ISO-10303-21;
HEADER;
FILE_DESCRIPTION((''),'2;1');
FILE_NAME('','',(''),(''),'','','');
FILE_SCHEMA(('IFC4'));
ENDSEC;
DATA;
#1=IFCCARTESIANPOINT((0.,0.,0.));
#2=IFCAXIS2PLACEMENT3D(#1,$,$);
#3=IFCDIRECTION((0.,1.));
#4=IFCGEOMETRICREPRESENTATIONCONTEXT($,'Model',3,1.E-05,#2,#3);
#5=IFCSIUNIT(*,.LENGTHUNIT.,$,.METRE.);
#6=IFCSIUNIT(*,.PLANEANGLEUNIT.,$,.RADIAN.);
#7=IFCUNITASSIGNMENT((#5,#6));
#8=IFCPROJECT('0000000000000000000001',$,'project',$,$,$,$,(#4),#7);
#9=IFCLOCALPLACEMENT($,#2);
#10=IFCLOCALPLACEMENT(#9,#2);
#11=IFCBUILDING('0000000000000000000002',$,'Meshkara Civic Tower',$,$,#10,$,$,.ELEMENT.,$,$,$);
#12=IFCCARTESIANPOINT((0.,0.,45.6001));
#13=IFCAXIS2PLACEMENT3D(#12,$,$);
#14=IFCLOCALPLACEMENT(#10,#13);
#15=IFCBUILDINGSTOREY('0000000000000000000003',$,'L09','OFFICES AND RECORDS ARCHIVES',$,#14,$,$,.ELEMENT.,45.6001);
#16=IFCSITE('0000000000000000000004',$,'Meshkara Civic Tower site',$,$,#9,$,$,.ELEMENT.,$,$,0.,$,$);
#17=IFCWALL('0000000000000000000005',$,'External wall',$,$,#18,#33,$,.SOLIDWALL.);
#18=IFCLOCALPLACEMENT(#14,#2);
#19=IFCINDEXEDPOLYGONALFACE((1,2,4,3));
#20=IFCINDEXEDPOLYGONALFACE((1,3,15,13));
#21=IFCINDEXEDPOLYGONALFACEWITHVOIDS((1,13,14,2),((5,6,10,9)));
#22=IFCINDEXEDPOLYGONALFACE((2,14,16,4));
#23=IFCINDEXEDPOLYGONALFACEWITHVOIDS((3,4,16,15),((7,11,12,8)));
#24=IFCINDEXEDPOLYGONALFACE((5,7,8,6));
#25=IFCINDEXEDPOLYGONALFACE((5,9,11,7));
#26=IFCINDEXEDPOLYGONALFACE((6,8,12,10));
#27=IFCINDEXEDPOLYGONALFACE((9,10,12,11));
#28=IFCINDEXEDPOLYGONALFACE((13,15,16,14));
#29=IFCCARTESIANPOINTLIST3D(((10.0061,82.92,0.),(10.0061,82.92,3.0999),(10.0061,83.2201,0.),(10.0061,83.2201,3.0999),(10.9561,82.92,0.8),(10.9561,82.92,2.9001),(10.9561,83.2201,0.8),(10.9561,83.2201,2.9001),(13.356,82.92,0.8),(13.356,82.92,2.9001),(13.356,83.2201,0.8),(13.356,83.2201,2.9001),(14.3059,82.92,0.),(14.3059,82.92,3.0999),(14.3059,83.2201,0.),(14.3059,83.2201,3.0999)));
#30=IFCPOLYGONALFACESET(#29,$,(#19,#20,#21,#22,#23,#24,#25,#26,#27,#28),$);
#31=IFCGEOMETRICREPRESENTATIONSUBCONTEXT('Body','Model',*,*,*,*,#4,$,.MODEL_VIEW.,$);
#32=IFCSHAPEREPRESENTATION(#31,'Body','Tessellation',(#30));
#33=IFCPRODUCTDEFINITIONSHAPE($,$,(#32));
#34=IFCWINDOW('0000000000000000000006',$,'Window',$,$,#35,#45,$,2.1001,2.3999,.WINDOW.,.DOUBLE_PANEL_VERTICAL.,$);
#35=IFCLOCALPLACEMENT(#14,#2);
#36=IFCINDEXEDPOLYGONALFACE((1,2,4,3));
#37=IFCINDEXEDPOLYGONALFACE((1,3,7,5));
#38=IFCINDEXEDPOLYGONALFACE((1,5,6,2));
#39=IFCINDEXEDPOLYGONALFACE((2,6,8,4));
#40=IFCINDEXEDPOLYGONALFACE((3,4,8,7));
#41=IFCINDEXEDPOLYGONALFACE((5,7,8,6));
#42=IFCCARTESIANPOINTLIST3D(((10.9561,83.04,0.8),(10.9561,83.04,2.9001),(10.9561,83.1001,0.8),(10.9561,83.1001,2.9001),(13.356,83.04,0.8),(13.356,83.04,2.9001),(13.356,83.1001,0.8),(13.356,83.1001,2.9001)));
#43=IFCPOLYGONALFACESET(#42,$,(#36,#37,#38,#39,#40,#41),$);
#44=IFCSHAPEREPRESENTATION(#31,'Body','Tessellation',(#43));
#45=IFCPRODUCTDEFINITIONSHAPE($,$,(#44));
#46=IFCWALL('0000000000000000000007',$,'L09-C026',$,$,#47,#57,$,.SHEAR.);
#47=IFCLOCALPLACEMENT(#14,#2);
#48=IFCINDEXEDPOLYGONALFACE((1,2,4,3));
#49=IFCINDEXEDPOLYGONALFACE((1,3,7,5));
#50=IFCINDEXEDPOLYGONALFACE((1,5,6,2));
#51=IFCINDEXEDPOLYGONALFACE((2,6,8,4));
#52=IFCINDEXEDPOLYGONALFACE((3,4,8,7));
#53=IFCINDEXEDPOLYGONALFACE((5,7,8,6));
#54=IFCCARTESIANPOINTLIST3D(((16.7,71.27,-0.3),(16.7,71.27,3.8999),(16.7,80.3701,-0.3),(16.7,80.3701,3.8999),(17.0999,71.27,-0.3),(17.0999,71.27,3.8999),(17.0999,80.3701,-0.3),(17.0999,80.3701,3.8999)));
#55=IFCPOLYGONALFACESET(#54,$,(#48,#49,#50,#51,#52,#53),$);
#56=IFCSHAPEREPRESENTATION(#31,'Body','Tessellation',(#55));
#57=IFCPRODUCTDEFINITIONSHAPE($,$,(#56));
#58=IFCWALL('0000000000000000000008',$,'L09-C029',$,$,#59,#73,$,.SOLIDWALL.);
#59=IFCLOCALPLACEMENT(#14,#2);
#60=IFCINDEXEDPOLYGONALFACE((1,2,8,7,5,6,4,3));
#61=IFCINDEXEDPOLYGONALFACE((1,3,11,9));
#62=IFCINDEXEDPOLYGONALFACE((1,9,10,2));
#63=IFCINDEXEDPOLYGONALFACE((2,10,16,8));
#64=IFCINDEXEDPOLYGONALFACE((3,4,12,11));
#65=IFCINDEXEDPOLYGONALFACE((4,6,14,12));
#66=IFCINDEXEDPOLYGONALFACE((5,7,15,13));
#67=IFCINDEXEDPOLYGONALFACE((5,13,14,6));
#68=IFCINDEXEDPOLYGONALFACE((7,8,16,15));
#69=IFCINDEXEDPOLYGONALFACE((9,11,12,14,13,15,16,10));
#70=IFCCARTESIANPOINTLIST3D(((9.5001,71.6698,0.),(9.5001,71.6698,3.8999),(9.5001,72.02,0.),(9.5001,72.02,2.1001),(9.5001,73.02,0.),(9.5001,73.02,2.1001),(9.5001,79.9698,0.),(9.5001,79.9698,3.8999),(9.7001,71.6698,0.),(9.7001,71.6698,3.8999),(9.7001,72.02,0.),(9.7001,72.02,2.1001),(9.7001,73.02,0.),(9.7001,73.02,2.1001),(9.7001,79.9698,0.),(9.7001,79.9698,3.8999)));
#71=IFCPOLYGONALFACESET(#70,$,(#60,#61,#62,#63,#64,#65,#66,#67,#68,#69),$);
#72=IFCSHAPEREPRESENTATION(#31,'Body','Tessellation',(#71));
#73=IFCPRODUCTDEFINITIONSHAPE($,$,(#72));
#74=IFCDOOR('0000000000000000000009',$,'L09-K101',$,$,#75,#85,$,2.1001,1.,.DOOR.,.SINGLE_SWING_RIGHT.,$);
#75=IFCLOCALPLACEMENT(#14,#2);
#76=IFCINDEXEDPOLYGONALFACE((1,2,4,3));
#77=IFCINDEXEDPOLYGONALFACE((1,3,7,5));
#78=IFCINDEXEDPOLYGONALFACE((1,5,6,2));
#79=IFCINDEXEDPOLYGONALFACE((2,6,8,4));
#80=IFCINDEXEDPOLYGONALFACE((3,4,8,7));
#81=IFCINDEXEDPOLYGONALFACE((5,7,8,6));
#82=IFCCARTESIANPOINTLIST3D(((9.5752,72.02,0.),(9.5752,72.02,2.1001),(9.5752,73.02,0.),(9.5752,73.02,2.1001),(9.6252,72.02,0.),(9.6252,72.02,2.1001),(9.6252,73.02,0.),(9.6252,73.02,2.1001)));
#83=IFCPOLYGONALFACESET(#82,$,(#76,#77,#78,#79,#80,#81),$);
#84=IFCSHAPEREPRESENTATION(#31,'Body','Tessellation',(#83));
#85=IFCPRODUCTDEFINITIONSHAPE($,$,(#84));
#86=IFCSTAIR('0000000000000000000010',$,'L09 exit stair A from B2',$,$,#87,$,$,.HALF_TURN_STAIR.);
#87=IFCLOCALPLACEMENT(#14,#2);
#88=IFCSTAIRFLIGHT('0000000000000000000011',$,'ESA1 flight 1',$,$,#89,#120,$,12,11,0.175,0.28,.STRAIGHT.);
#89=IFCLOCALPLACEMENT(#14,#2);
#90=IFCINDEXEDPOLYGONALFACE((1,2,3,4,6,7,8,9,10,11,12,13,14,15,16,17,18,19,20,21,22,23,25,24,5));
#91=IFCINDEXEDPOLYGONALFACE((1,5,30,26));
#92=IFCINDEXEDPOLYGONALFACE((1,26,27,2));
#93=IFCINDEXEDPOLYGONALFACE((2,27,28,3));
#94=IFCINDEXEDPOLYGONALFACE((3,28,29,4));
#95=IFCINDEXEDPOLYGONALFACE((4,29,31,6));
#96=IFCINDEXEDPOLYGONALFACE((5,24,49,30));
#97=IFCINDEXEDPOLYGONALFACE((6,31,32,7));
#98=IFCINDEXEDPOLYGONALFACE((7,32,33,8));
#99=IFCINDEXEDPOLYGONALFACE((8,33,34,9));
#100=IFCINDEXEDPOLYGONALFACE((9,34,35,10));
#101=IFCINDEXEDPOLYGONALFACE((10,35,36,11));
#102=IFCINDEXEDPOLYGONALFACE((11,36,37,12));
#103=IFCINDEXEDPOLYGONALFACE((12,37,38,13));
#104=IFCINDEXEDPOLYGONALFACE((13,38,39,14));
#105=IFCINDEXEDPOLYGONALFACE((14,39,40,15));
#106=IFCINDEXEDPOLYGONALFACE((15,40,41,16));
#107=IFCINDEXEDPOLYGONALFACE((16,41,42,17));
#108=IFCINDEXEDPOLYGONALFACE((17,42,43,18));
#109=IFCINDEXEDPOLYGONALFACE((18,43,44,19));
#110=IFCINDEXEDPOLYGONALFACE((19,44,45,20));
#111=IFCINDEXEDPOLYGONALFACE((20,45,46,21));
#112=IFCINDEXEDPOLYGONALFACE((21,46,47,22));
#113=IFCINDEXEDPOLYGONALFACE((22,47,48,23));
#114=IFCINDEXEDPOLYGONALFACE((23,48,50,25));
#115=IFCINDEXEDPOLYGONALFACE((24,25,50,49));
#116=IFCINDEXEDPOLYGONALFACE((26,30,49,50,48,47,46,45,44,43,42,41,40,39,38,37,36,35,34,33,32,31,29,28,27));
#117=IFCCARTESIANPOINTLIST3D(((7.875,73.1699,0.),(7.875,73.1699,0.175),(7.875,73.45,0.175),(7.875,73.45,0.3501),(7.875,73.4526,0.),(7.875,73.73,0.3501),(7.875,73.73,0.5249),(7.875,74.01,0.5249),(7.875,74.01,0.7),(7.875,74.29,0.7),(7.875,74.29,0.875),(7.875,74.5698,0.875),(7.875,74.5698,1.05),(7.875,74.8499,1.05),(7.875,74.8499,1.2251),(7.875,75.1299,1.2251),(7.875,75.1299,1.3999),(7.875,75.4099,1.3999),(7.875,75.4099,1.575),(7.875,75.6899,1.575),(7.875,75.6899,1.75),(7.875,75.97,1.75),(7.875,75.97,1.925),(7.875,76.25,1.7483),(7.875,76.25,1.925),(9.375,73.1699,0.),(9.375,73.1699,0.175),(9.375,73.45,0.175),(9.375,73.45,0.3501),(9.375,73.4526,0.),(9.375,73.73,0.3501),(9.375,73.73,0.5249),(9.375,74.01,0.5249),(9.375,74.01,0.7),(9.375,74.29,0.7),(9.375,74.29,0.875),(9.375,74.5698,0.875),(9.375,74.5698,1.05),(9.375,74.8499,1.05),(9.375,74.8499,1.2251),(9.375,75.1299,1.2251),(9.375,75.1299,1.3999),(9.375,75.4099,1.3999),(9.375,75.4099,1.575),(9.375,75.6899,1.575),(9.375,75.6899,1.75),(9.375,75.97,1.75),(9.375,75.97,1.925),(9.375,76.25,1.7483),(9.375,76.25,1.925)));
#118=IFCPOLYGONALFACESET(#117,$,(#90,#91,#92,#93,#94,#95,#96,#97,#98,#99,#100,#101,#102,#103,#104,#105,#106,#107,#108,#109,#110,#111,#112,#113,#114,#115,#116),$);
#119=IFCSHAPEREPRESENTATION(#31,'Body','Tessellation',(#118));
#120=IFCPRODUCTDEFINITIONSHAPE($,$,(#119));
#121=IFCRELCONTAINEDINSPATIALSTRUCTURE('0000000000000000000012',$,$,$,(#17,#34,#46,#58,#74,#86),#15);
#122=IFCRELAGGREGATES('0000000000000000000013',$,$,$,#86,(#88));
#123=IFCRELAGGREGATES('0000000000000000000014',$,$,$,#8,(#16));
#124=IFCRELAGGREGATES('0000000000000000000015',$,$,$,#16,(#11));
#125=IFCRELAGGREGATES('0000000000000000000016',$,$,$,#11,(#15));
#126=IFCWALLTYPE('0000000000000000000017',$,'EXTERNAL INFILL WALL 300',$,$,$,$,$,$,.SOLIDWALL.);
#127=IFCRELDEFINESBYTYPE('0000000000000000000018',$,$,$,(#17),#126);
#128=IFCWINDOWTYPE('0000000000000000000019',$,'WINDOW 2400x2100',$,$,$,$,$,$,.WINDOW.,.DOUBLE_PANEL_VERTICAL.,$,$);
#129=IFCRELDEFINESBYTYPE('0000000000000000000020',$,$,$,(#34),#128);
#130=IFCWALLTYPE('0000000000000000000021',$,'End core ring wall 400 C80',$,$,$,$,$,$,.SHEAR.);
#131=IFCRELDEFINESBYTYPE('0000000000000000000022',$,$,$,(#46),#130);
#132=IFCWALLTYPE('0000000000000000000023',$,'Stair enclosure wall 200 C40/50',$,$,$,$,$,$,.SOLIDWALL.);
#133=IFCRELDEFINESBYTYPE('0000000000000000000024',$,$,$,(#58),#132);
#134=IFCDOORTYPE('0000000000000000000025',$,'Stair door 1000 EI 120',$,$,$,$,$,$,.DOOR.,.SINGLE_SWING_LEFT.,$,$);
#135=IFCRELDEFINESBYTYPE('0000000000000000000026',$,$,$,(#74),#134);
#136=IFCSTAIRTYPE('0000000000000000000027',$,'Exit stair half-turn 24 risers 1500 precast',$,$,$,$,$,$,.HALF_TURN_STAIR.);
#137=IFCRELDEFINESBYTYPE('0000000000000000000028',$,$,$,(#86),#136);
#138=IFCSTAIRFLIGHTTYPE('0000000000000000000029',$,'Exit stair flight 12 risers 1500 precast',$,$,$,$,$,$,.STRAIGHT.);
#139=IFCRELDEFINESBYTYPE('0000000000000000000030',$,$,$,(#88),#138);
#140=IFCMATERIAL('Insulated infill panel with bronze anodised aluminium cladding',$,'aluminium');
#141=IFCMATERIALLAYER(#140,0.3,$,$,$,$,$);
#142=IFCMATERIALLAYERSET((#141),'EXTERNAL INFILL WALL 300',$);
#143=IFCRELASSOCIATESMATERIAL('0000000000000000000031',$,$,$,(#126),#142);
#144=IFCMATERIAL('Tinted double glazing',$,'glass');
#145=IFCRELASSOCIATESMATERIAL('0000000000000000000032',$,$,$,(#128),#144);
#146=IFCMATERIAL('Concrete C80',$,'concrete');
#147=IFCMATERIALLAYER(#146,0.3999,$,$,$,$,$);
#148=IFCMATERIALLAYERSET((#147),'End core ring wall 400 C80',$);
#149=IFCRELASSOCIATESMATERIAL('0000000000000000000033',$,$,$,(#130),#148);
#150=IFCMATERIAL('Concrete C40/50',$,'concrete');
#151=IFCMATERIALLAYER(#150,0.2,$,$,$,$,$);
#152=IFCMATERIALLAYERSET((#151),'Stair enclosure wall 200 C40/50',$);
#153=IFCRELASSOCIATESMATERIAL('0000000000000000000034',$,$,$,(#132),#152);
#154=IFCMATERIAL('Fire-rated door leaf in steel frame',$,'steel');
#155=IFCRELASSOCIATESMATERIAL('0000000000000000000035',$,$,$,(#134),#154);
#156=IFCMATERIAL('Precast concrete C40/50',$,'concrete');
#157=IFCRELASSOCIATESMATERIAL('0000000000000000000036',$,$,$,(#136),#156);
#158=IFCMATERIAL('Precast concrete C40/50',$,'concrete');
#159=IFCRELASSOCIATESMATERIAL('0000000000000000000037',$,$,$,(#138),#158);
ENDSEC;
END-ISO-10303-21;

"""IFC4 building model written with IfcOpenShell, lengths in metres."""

from ifc_helpers import new_model, si_unit, direction, frame, frame_2d, origin, place, context, subcontext, project, spatial, polyline, rectangle, outline, extrude, material, layer, layer_set, type_object, element, fill, aggregate, save


model = new_model("IFC4")

# Units and contexts
model_context = context("Model", 3, precision=1e-05, world=origin(), true_north=direction((0.0, 1.0)))
body_context = subcontext(model_context, "Body", "Model", "MODEL_VIEW")
ifc_project = project(units=[si_unit("LENGTHUNIT", "METRE"), si_unit("PLANEANGLEUNIT", "RADIAN")], contexts=[model_context])

# Site, building, storey
site_placement = place(None, origin())
site = spatial("IfcSite", under=ifc_project, at=site_placement, Name="Meshkara Civic Tower site", CompositionType="ELEMENT", RefElevation=0.0)
building_placement = place(site_placement, origin())
building = spatial("IfcBuilding", under=site, at=building_placement, Name="Meshkara Civic Tower", CompositionType="ELEMENT")
storey_placement = place(building_placement, frame((0.0, 0.0, 45.6001)))
storey = spatial("IfcBuildingStorey", under=building, at=storey_placement, Name="L09", Description="OFFICES AND RECORDS ARCHIVES", CompositionType="ELEMENT", Elevation=45.6001)

# Wall, opening, window
ifc_material_1 = material(Name="Insulated infill panel with bronze anodised aluminium cladding", Category="aluminium")
ifc_layer_1 = layer(ifc_material_1, 0.3)
ifc_layer_set_1 = layer_set([ifc_layer_1], Name="EXTERNAL INFILL WALL 300")
wall_type_1 = type_object("IfcWallType", Name="EXTERNAL INFILL WALL 300", PredefinedType="SOLIDWALL", material=ifc_layer_set_1)
wall_1_placement = place(storey_placement, frame((14.3059, 83.0701, 0.0), z_axis=(0.0, 0.0, 1.0), x_axis=(-1.0, 0.0, 0.0)))
wall_1 = element("IfcWall", 1, at=wall_1_placement, inside=storey, type_object=wall_type_1, Name="External wall", PredefinedType="SOLIDWALL", context=body_context, shape_type="SweptSolid", body=[
    extrude(rectangle(XDim=4.2998, YDim=0.3, at=frame_2d((2.1499, 0.0))), origin(), (0.0, 0.0, 1.0), 3.0999),
])
opening_1_placement = place(wall_1_placement, frame((0.95, 0.0, 0.8)))
opening_1 = element("IfcOpeningElement", 2, at=opening_1_placement, cuts=wall_1, PredefinedType="OPENING", context=body_context, shape_type="SweptSolid", body=[
    extrude(rectangle(XDim=2.3999, YDim=2.1001, at=frame_2d((1.2, 1.05))), frame((0.0, 0.1599, 0.0), z_axis=(0.0, -1.0, 0.0), x_axis=(1.0, 0.0, 0.0)), (0.0, 0.0, 1.0), 0.3201),
])
ifc_material_2 = material(Name="Tinted double glazing", Category="glass")
window_type = type_object("IfcWindowType", Name="WINDOW 2400x2100", PartitioningType="DOUBLE_PANEL_VERTICAL", PredefinedType="WINDOW", material=ifc_material_2)
window_placement = place(opening_1_placement, origin())
window = element("IfcWindow", 3, at=window_placement, inside=storey, type_object=window_type, Name="Window", OverallHeight=2.1001, OverallWidth=2.3999, PartitioningType="DOUBLE_PANEL_VERTICAL", PredefinedType="WINDOW", context=body_context, shape_type="SweptSolid", body=[
    extrude(rectangle(XDim=2.3999, YDim=2.1001, at=frame_2d((1.2, 1.05))), frame((0.0, 0.03, 0.0), z_axis=(0.0, -1.0, 0.0), x_axis=(1.0, 0.0, 0.0)), (0.0, 0.0, 1.0), 0.0601),
])
fill(opening_1, window)

# Wall
ifc_material_3 = material(Name="Concrete C80", Category="concrete")
ifc_layer_2 = layer(ifc_material_3, 0.3999)
ifc_layer_set_2 = layer_set([ifc_layer_2], Name="End core ring wall 400 C80")
wall_type_2 = type_object("IfcWallType", Name="End core ring wall 400 C80", PredefinedType="SHEAR", material=ifc_layer_set_2)
wall_2_placement = place(storey_placement, frame((16.8999, 71.27, -0.3), z_axis=(0.0, 0.0, 1.0), x_axis=(0.0, 1.0, 0.0)))
element("IfcWall", 4, at=wall_2_placement, inside=storey, type_object=wall_type_2, Name="L09-C026", PredefinedType="SHEAR", context=body_context, shape_type="SweptSolid", body=[
    extrude(rectangle(XDim=9.1001, YDim=0.3999, at=frame_2d((4.55, 0.0))), origin(), (0.0, 0.0, 1.0), 4.2),
])

# Wall, opening, door
ifc_material_4 = material(Name="Concrete C40/50", Category="concrete")
ifc_layer_3 = layer(ifc_material_4, 0.2)
ifc_layer_set_3 = layer_set([ifc_layer_3], Name="Stair enclosure wall 200 C40/50")
wall_type_3 = type_object("IfcWallType", Name="Stair enclosure wall 200 C40/50", PredefinedType="SOLIDWALL", material=ifc_layer_set_3)
wall_3_placement = place(storey_placement, frame((9.6001, 71.6699, 0.0), z_axis=(0.0, 0.0, 1.0), x_axis=(0.0, 1.0, 0.0)))
wall_3 = element("IfcWall", 5, at=wall_3_placement, inside=storey, type_object=wall_type_3, Name="L09-C029", PredefinedType="SOLIDWALL", context=body_context, shape_type="SweptSolid", body=[
    extrude(rectangle(XDim=8.3, YDim=0.2, at=frame_2d((4.1499, 0.0))), origin(), (0.0, 0.0, 1.0), 3.8999),
])
opening_2_placement = place(wall_3_placement, frame((0.3501, 0.0, 0.0)))
opening_2 = element("IfcOpeningElement", 6, at=opening_2_placement, cuts=wall_3, PredefinedType="OPENING", context=body_context, shape_type="SweptSolid", body=[
    extrude(rectangle(XDim=1.0, YDim=2.1001, at=frame_2d((0.5, 1.05))), frame((0.0, 0.1099, 0.0), z_axis=(0.0, -1.0, 0.0), x_axis=(1.0, 0.0, 0.0)), (0.0, 0.0, 1.0), 0.22),
])
ifc_material_5 = material(Name="Fire-rated door leaf in steel frame", Category="steel")
door_type_1 = type_object("IfcDoorType", Name="Stair door 1000 EI 120", OperationType="SINGLE_SWING_LEFT", PredefinedType="DOOR", material=ifc_material_5)
door_1_placement = place(opening_2_placement, origin())
door_1 = element("IfcDoor", 7, at=door_1_placement, inside=storey, type_object=door_type_1, Name="L09-K101", OperationType="SINGLE_SWING_RIGHT", OverallHeight=2.1001, OverallWidth=1.0, PredefinedType="DOOR", context=body_context, shape_type="SweptSolid", body=[
    extrude(rectangle(XDim=1.0, YDim=2.1001, at=frame_2d((0.5, 1.05))), frame((0.0, 0.0249, 0.0), z_axis=(0.0, -1.0, 0.0), x_axis=(1.0, 0.0, 0.0)), (0.0, 0.0, 1.0), 0.05),
])
fill(opening_2, door_1)

# Stair, stair flight
ifc_material_6 = material(Name="Precast concrete C40/50", Category="concrete")
stair_type = type_object("IfcStairType", Name="Exit stair half-turn 24 risers 1500 precast", PredefinedType="HALF_TURN_STAIR", material=ifc_material_6)
stair_placement = place(storey_placement, origin())
stair = element("IfcStair", 8, at=stair_placement, inside=storey, type_object=stair_type, Name="L09 exit stair A from B2", PredefinedType="HALF_TURN_STAIR")
ifc_material_7 = material(Name="Precast concrete C40/50", Category="concrete")
stair_flight_type = type_object("IfcStairFlightType", Name="Exit stair flight 12 risers 1500 precast", PredefinedType="STRAIGHT", material=ifc_material_7)
stair_flight_placement = place(storey_placement, frame((8.625, 73.1699, 0.0), z_axis=(0.0, 0.0, 1.0), x_axis=(0.0, 1.0, 0.0)))
stair_flight = element("IfcStairFlight", 9, at=stair_flight_placement, type_object=stair_flight_type, Name="ESA1 flight 1", NumberOfRisers=12, NumberOfTreads=11, PredefinedType="STRAIGHT", RiserHeight=0.175, TreadLength=0.28, context=body_context, shape_type="SweptSolid", body=[
    extrude(outline(polyline([(0.0, 0.0), (0.0, 0.175), (0.28, 0.175), (0.28, 0.3501), (0.5601, 0.3501), (0.5601, 0.5249), (0.8401, 0.5249), (0.8401, 0.7), (1.1201, 0.7), (1.1201, 0.875), (1.3999, 0.875), (1.3999, 1.05), (1.6799, 1.05), (1.6799, 1.2251), (1.96, 1.2251), (1.96, 1.3999), (2.24, 1.3999), (2.24, 1.575), (2.52, 1.575), (2.52, 1.75), (2.8, 1.75), (2.8, 1.925), (3.0801, 1.925), (3.0801, 2.1001), (3.0801, 1.7483), (0.2827, 0.0), (0.0, 0.0)])), frame((0.0, 0.75, 0.0), z_axis=(0.0, -1.0, 0.0), x_axis=(1.0, 0.0, 0.0)), (0.0, 0.0, 1.0), 1.5),
])
aggregate(stair, [stair_flight])

save(model, "model.ifc")
